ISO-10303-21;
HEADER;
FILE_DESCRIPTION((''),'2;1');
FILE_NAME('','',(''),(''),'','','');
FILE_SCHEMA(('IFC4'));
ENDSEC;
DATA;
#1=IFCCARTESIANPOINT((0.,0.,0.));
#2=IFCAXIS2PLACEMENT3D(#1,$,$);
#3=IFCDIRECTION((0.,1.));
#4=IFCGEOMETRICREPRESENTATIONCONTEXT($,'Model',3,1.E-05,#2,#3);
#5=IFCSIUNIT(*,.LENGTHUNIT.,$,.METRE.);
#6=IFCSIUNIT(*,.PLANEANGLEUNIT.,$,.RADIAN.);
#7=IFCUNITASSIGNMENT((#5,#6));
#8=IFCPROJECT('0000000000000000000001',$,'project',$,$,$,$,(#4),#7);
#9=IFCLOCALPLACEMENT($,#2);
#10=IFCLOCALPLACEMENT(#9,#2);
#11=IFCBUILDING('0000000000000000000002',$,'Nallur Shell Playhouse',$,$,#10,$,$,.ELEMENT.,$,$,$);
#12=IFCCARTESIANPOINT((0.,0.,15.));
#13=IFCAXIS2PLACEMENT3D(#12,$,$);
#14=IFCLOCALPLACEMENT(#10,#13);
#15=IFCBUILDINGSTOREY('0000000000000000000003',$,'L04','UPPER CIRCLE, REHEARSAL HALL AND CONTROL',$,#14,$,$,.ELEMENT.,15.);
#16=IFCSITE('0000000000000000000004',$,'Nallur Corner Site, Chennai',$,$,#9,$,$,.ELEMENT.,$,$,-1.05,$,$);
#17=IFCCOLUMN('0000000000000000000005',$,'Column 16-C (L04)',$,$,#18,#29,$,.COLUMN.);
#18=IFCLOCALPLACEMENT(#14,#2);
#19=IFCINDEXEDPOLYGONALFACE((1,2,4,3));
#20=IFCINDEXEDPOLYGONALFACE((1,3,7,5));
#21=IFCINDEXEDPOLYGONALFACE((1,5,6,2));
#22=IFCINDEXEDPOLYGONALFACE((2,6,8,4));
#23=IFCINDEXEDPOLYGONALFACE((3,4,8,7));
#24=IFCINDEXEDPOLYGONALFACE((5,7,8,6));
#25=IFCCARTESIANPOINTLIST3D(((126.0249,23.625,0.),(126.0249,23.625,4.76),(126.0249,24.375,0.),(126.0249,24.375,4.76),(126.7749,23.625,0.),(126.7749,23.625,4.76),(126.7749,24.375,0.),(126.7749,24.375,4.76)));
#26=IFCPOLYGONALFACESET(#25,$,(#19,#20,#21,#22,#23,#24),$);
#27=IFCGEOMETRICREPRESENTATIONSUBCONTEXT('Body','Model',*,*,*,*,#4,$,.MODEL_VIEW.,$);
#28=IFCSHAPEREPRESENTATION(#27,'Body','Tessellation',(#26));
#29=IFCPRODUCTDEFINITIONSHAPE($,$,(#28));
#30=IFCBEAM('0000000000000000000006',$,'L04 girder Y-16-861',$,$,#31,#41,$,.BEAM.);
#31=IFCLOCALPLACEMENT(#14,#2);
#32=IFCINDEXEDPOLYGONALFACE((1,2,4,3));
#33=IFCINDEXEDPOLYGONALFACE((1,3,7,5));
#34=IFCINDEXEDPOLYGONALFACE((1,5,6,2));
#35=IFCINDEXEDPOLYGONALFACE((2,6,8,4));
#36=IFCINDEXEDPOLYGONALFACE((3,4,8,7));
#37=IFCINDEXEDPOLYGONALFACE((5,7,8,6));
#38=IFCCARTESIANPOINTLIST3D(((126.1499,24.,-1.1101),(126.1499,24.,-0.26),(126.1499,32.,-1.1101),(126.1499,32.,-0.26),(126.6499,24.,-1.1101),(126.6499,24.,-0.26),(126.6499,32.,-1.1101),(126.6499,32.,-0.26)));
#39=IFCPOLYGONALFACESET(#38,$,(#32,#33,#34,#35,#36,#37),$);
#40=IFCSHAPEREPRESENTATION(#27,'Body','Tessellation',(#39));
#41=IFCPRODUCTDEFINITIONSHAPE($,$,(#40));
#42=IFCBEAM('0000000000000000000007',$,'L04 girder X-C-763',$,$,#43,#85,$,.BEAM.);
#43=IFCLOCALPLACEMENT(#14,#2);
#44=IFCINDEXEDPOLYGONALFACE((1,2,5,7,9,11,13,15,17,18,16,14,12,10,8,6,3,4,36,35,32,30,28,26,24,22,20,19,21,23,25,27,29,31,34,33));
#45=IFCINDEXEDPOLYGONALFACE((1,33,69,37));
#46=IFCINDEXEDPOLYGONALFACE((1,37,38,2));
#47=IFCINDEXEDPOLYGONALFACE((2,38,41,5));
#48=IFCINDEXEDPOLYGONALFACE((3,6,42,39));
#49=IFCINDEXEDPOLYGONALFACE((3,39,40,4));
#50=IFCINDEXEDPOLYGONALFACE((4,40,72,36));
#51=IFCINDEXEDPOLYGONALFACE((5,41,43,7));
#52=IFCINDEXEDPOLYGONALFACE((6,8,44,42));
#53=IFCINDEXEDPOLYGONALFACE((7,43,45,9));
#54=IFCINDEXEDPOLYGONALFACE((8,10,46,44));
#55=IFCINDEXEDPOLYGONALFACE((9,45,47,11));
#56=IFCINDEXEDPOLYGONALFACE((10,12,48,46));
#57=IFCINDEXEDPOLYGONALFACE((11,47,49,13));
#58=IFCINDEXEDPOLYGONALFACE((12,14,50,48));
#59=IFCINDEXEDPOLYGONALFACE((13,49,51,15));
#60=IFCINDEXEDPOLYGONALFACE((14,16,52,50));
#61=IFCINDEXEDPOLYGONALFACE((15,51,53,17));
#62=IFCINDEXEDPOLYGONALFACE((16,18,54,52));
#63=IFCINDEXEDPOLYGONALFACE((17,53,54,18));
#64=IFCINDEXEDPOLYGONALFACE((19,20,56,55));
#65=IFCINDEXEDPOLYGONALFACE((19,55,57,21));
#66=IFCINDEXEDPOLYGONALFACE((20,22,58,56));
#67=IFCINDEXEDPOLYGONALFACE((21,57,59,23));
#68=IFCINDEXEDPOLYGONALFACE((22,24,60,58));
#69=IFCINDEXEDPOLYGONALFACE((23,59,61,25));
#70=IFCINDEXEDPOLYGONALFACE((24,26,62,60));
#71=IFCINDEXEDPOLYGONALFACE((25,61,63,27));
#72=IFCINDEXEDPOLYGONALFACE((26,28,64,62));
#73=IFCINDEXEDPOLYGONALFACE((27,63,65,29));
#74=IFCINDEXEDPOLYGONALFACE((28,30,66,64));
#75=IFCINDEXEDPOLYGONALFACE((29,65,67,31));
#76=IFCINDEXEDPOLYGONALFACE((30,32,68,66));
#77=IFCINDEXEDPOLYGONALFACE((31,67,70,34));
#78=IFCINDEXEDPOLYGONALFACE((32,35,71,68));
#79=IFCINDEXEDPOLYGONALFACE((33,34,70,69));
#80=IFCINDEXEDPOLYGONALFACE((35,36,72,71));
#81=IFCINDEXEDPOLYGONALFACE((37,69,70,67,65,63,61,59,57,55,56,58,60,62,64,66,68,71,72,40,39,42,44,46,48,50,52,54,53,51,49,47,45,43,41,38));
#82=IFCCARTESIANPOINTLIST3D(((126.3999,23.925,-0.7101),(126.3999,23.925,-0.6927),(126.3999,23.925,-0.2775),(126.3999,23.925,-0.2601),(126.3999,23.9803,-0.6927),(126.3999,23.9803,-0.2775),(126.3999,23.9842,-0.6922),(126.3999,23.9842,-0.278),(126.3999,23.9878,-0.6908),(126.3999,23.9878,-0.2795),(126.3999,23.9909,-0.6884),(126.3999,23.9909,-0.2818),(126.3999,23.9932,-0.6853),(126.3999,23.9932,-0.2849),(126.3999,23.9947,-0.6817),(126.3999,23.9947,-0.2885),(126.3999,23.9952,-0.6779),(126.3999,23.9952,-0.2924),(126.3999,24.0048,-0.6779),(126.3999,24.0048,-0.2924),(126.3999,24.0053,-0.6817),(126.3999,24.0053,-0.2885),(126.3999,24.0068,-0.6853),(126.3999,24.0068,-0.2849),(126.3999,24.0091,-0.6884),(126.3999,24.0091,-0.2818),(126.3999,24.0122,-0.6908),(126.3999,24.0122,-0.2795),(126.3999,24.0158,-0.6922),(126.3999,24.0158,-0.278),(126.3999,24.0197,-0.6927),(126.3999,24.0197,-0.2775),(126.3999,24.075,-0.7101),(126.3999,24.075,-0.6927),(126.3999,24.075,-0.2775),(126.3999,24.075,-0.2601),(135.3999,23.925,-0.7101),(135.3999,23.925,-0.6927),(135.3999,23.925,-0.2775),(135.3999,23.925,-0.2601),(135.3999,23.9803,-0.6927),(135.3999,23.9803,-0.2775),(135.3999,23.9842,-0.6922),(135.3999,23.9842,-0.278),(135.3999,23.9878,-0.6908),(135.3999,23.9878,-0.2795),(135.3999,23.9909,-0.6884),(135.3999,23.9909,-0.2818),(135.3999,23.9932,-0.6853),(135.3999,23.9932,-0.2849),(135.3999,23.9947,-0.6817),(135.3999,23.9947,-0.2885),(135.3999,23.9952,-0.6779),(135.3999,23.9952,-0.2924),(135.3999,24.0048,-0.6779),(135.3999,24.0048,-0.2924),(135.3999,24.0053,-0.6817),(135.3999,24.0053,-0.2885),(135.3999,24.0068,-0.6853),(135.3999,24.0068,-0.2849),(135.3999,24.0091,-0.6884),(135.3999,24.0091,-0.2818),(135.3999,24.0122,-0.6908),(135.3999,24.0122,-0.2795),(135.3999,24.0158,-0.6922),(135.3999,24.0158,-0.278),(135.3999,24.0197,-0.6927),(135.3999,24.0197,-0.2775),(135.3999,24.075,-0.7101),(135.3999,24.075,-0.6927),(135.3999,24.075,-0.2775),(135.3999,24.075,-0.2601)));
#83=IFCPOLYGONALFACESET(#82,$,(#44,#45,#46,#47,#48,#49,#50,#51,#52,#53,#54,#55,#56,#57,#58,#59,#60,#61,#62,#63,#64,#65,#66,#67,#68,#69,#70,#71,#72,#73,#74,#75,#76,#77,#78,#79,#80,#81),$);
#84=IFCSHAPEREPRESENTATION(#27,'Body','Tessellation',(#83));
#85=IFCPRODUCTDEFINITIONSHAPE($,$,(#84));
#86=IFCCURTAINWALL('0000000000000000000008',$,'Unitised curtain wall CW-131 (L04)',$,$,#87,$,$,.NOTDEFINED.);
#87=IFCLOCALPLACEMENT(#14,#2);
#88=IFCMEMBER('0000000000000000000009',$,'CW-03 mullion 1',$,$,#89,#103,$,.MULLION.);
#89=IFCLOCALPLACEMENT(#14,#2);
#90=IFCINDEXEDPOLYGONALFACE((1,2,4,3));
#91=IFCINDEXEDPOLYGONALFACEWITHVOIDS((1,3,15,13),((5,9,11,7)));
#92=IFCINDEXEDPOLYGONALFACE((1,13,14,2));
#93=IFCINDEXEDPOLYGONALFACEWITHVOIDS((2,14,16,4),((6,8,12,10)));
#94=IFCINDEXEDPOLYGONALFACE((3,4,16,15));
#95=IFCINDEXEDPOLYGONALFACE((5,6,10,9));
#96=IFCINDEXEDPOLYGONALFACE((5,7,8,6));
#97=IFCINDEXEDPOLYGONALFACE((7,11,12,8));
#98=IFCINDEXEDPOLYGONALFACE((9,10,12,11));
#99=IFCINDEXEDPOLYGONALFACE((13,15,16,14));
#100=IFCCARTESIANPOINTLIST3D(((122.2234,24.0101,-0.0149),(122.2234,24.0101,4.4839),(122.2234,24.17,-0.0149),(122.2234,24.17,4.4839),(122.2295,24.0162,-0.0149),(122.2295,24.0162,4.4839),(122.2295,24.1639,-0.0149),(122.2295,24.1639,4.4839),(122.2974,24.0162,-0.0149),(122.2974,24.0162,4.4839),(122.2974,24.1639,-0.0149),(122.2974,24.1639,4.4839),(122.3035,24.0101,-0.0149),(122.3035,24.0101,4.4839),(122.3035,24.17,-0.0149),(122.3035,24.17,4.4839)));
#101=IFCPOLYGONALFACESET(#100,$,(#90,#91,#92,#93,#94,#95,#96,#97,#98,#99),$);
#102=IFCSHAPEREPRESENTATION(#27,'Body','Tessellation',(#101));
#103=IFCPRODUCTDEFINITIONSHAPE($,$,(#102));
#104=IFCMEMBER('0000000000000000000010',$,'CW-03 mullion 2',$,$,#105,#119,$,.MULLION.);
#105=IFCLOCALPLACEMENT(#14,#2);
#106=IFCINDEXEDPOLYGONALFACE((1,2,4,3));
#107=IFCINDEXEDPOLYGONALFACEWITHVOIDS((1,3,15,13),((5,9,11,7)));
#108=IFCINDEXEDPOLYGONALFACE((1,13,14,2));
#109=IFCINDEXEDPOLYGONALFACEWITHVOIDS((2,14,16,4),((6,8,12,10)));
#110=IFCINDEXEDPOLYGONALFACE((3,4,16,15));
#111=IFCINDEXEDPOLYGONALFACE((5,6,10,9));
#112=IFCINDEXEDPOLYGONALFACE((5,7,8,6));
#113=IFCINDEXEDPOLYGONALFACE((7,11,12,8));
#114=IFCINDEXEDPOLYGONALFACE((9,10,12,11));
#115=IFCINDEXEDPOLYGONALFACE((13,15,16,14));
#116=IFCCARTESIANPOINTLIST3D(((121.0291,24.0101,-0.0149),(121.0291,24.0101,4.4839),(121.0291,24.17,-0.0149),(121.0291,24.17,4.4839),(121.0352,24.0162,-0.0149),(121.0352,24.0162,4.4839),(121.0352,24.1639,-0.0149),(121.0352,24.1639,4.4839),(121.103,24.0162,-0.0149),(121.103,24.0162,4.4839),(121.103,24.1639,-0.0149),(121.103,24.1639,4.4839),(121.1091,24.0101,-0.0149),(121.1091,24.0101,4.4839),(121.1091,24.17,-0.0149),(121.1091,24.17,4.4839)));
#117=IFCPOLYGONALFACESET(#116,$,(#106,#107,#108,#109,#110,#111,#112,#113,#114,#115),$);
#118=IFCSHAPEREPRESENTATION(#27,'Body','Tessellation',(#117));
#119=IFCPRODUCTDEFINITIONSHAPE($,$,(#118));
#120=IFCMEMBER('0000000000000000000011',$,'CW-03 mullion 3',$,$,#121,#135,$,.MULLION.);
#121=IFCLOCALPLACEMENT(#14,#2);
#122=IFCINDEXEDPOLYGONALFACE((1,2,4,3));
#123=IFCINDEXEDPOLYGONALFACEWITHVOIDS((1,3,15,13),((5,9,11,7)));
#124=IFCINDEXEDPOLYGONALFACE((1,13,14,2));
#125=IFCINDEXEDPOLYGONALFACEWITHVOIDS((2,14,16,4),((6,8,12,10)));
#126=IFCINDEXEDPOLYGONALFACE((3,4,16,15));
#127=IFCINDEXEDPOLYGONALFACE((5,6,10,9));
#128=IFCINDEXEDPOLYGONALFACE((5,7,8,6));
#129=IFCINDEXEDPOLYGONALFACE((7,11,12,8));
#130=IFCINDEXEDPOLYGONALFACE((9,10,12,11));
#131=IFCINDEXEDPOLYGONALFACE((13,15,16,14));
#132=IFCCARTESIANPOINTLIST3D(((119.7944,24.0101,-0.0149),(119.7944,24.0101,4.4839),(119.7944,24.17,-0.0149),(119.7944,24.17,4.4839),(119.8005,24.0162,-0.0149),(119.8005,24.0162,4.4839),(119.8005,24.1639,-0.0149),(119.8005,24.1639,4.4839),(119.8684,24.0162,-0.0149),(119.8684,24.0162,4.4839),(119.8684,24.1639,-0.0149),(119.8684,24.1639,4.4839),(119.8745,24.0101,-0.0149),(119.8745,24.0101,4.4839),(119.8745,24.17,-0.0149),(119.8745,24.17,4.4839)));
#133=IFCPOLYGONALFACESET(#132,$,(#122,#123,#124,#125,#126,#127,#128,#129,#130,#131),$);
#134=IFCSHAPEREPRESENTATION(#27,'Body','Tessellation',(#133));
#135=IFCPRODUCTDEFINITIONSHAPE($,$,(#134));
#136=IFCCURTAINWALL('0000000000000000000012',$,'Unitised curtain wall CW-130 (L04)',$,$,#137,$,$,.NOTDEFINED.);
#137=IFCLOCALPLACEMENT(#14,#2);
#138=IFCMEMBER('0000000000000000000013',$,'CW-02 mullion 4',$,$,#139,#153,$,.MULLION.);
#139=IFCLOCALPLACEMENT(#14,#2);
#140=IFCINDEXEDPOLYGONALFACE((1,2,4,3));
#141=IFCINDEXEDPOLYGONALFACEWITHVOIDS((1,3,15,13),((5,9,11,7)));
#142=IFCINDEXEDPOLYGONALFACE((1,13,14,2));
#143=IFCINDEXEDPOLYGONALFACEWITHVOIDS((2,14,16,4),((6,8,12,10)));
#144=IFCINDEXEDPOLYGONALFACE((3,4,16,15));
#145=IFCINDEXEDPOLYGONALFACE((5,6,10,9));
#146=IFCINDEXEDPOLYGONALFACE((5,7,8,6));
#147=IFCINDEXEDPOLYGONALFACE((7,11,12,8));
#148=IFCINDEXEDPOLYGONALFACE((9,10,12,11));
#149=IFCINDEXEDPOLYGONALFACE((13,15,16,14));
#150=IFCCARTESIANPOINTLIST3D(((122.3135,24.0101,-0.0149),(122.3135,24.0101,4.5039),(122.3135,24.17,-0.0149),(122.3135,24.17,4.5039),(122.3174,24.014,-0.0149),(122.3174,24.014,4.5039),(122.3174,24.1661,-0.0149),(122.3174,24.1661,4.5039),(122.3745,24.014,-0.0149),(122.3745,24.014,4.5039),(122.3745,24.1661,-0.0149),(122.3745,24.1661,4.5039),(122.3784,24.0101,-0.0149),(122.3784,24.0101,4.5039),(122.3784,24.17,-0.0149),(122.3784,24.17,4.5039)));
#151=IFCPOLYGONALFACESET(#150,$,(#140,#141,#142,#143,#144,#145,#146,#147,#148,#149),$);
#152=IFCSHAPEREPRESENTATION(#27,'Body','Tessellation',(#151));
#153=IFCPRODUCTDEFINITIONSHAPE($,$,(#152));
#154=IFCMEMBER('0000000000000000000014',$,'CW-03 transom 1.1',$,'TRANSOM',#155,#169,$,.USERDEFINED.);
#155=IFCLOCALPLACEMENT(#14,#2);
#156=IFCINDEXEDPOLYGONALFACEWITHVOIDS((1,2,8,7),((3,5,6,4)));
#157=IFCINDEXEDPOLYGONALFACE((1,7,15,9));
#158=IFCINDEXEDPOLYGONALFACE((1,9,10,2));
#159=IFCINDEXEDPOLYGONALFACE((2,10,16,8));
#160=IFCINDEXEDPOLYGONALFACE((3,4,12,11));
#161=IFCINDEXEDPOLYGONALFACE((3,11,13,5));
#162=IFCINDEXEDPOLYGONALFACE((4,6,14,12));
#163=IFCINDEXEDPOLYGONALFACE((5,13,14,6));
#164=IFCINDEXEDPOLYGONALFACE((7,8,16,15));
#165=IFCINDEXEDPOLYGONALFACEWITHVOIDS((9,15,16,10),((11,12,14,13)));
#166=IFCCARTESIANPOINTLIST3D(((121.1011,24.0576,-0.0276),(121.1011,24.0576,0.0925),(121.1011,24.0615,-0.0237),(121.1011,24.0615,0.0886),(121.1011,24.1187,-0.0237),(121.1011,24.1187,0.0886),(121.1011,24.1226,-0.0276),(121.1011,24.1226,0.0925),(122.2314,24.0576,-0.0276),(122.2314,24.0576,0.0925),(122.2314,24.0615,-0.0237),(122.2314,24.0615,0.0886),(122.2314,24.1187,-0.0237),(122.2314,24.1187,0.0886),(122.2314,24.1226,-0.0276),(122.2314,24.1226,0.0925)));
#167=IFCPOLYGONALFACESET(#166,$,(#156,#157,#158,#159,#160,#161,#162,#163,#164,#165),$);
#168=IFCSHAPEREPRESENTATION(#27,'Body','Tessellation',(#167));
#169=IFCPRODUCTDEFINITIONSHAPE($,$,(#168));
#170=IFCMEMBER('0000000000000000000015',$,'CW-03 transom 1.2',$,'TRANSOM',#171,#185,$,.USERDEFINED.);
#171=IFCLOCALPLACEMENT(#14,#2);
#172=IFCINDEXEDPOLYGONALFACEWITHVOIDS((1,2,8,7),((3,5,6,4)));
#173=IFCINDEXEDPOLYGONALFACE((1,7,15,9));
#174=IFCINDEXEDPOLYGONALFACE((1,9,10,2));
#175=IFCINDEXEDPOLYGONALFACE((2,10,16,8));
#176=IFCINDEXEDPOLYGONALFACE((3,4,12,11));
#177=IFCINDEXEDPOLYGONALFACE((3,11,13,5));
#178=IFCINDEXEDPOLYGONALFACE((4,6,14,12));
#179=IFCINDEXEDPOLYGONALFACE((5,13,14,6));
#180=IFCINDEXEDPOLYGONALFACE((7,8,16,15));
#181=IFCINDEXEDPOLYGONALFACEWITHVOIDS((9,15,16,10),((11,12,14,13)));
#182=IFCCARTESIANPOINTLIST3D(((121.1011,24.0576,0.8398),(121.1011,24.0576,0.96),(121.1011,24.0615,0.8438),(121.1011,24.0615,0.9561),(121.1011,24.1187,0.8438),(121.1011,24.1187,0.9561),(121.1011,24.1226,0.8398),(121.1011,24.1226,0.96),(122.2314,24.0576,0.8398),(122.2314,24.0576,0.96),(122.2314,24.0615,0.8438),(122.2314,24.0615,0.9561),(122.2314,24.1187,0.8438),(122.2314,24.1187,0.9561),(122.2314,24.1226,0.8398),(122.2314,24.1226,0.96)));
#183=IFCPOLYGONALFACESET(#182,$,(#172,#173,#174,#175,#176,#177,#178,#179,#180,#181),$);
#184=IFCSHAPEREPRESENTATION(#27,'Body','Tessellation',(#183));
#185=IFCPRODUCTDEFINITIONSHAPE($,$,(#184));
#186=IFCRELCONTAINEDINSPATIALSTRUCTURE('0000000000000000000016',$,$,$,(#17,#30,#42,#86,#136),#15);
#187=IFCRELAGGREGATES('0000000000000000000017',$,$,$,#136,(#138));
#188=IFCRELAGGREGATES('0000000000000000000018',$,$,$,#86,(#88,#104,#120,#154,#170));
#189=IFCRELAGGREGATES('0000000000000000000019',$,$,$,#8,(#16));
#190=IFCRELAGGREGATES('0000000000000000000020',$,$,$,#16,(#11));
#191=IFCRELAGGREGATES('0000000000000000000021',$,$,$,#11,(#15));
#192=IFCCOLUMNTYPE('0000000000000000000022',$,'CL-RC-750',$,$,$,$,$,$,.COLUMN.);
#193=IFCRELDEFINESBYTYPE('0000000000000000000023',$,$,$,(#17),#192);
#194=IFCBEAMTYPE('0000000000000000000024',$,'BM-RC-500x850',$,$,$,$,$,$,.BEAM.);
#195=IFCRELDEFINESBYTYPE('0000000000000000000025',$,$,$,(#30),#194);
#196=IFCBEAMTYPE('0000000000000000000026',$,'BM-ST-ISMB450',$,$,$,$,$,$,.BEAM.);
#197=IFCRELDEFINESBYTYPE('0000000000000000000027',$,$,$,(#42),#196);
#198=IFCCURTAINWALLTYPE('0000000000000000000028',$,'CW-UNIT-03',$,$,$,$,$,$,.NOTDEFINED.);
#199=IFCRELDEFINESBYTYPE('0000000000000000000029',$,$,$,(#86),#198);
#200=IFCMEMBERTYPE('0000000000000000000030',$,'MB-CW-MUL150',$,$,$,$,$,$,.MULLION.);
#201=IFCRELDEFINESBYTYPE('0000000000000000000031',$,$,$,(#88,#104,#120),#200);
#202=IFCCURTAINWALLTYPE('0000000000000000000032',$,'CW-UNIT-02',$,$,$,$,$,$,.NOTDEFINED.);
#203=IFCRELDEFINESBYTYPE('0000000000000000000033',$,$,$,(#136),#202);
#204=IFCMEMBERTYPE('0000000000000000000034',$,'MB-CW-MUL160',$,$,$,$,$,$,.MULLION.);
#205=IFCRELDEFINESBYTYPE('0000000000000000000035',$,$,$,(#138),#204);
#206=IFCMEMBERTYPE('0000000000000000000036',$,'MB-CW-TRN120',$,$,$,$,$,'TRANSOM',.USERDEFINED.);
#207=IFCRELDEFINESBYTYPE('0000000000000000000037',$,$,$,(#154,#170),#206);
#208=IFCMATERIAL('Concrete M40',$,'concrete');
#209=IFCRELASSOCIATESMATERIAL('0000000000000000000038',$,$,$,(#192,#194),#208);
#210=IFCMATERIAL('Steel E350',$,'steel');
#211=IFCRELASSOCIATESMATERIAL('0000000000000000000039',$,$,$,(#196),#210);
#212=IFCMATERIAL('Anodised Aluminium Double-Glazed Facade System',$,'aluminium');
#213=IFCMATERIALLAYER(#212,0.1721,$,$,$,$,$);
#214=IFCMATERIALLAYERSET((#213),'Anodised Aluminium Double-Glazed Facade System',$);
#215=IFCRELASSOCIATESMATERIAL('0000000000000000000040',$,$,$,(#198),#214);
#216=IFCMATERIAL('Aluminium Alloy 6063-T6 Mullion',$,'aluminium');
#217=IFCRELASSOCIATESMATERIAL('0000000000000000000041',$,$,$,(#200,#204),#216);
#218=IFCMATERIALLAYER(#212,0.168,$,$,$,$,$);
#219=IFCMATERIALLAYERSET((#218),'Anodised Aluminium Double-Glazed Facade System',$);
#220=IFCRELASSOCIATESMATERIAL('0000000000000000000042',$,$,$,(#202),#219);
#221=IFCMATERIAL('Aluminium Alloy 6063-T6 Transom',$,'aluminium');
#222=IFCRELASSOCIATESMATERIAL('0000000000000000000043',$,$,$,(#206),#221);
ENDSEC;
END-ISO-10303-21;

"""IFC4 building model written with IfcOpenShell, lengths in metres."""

from ifc_helpers import new_model, si_unit, direction, frame, origin, origin_2d, place, context, subcontext, project, spatial, rectangle, hollow_rectangle, i_section, extrude, material, layer, layer_set, material_profile, profile_set, type_object, element, aggregate, save


model = new_model("IFC4")

# Units and contexts
model_context = context("Model", 3, precision=1e-05, world=origin(), true_north=direction((0.0, 1.0)))
body_context = subcontext(model_context, "Body", "Model", "MODEL_VIEW")
ifc_project = project(units=[si_unit("LENGTHUNIT", "METRE"), si_unit("PLANEANGLEUNIT", "RADIAN")], contexts=[model_context])

# Site, building, storey
site_placement = place(None, origin())
site = spatial("IfcSite", under=ifc_project, at=site_placement, Name="Nallur Corner Site, Chennai", CompositionType="ELEMENT", RefElevation=-1.05)
building_placement = place(site_placement, origin())
building = spatial("IfcBuilding", under=site, at=building_placement, Name="Nallur Shell Playhouse", CompositionType="ELEMENT")
storey_placement = place(building_placement, frame((0.0, 0.0, 15.0)))
storey = spatial("IfcBuildingStorey", under=building, at=storey_placement, Name="L04", Description="UPPER CIRCLE, REHEARSAL HALL AND CONTROL", CompositionType="ELEMENT", Elevation=15.0)

# Column
ifc_material_1 = material(Name="Concrete M40", Category="concrete")
ifc_material_profile_1 = material_profile(ifc_material_1, rectangle(XDim=0.75, YDim=0.75, at=origin_2d()), Name="RC 750x750")
ifc_profile_set_1 = profile_set([ifc_material_profile_1], Name="Concrete M40")
column_type = type_object("IfcColumnType", Name="CL-RC-750", PredefinedType="COLUMN", material=ifc_profile_set_1)
column_placement = place(storey_placement, frame((126.3999, 24.0, 0.0), z_axis=(0.0, 0.0, 1.0), x_axis=(1.0, 0.0, 0.0)))
element("IfcColumn", 1, at=column_placement, inside=storey, type_object=column_type, Name="Column 16-C (L04)", PredefinedType="COLUMN", context=body_context, shape_type="SweptSolid", body=[
    extrude(rectangle(XDim=0.75, YDim=0.75, at=origin_2d()), origin(), (0.0, 0.0, 1.0), 4.76),
])

# Beams
ifc_material_profile_2 = material_profile(ifc_material_1, rectangle(XDim=0.5, YDim=0.8501, at=origin_2d()), Name="RC 500x850")
ifc_profile_set_2 = profile_set([ifc_material_profile_2], Name="Concrete M40")
beam_type_1 = type_object("IfcBeamType", Name="BM-RC-500x850", PredefinedType="BEAM", material=ifc_profile_set_2)
beam_1_placement = place(storey_placement, frame((126.3999, 24.0, -0.6851), z_axis=(0.0, 1.0, 0.0), x_axis=(-1.0, 0.0, 0.0)))
element("IfcBeam", 2, at=beam_1_placement, inside=storey, type_object=beam_type_1, Name="L04 girder Y-16-861", PredefinedType="BEAM", context=body_context, shape_type="SweptSolid", body=[
    extrude(rectangle(XDim=0.5, YDim=0.8501, at=origin_2d()), origin(), (0.0, 0.0, 1.0), 8.0),
])
ifc_material_2 = material(Name="Steel E350", Category="steel")
ifc_material_profile_3 = material_profile(ifc_material_2, i_section(OverallWidth=0.1499, OverallDepth=0.45, WebThickness=0.0095, FlangeThickness=0.0173, FilletRadius=0.0149, at=origin_2d()), Name="ISMB 450")
ifc_profile_set_3 = profile_set([ifc_material_profile_3], Name="Steel E350")
beam_type_2 = type_object("IfcBeamType", Name="BM-ST-ISMB450", PredefinedType="BEAM", material=ifc_profile_set_3)
beam_2_placement = place(storey_placement, frame((126.3999, 24.0, -0.4851), z_axis=(1.0, 0.0, 0.0), x_axis=(0.0, 1.0, 0.0)))
element("IfcBeam", 3, at=beam_2_placement, inside=storey, type_object=beam_type_2, Name="L04 girder X-C-763", PredefinedType="BEAM", context=body_context, shape_type="SweptSolid", body=[
    extrude(i_section(OverallWidth=0.1499, OverallDepth=0.45, WebThickness=0.0095, FlangeThickness=0.0173, FilletRadius=0.0149, at=origin_2d()), origin(), (0.0, 0.0, 1.0), 9.0),
])

# Curtain wall, members
ifc_material_3 = material(Name="Anodised Aluminium Double-Glazed Facade System", Category="aluminium")
ifc_layer_1 = layer(ifc_material_3, 0.1721)
ifc_layer_set_1 = layer_set([ifc_layer_1], Name="Anodised Aluminium Double-Glazed Facade System")
curtain_wall_type_1 = type_object("IfcCurtainWallType", Name="CW-UNIT-03", PredefinedType="NOTDEFINED", material=ifc_layer_set_1)
curtain_wall_1_placement = place(storey_placement, origin())
curtain_wall_1 = element("IfcCurtainWall", 4, at=curtain_wall_1_placement, inside=storey, type_object=curtain_wall_type_1, Name="Unitised curtain wall CW-131 (L04)", PredefinedType="NOTDEFINED")
ifc_material_4 = material(Name="Aluminium Alloy 6063-T6 Mullion", Category="aluminium")
ifc_material_profile_4 = material_profile(ifc_material_4, hollow_rectangle(XDim=0.0801, YDim=0.1599, WallThickness=0.0061, at=origin_2d()), Name="RHS 160x80x6")
ifc_profile_set_4 = profile_set([ifc_material_profile_4], Name="Aluminium Alloy 6063-T6 Mullion")
member_type_1 = type_object("IfcMemberType", Name="MB-CW-MUL150", PredefinedType="MULLION", material=ifc_profile_set_4)
member_1_placement = place(storey_placement, frame((122.2634, 24.0901, -0.0149), z_axis=(0.0, 0.0, 1.0), x_axis=(-1.0, 0.0, 0.0)))
member_1 = element("IfcMember", 5, at=member_1_placement, type_object=member_type_1, Name="CW-03 mullion 1", PredefinedType="MULLION", context=body_context, shape_type="SweptSolid", body=[
    extrude(hollow_rectangle(XDim=0.0801, YDim=0.1599, WallThickness=0.0061, at=origin_2d()), origin(), (0.0, 0.0, 1.0), 4.4988),
])
member_2_placement = place(storey_placement, frame((121.0691, 24.0901, -0.0149), z_axis=(0.0, 0.0, 1.0), x_axis=(-1.0, 0.0, 0.0)))
member_2 = element("IfcMember", 6, at=member_2_placement, type_object=member_type_1, Name="CW-03 mullion 2", PredefinedType="MULLION", context=body_context, shape_type="SweptSolid", body=[
    extrude(hollow_rectangle(XDim=0.0801, YDim=0.1599, WallThickness=0.0061, at=origin_2d()), origin(), (0.0, 0.0, 1.0), 4.4988),
])
member_3_placement = place(storey_placement, frame((119.8345, 24.0901, -0.0149), z_axis=(0.0, 0.0, 1.0), x_axis=(-1.0, 0.0, 0.0)))
member_3 = element("IfcMember", 7, at=member_3_placement, type_object=member_type_1, Name="CW-03 mullion 3", PredefinedType="MULLION", context=body_context, shape_type="SweptSolid", body=[
    extrude(hollow_rectangle(XDim=0.0801, YDim=0.1599, WallThickness=0.0061, at=origin_2d()), origin(), (0.0, 0.0, 1.0), 4.4988),
])

# Curtain wall, member
ifc_layer_2 = layer(ifc_material_3, 0.168)
ifc_layer_set_2 = layer_set([ifc_layer_2], Name="Anodised Aluminium Double-Glazed Facade System")
curtain_wall_type_2 = type_object("IfcCurtainWallType", Name="CW-UNIT-02", PredefinedType="NOTDEFINED", material=ifc_layer_set_2)
curtain_wall_2_placement = place(storey_placement, origin())
curtain_wall_2 = element("IfcCurtainWall", 8, at=curtain_wall_2_placement, inside=storey, type_object=curtain_wall_type_2, Name="Unitised curtain wall CW-130 (L04)", PredefinedType="NOTDEFINED")
ifc_material_profile_5 = material_profile(ifc_material_4, hollow_rectangle(XDim=0.0649, YDim=0.1599, WallThickness=0.0039, at=origin_2d()), Name="ALU 65x160x4")
ifc_profile_set_5 = profile_set([ifc_material_profile_5], Name="Aluminium Alloy 6063-T6 Mullion")
member_type_2 = type_object("IfcMemberType", Name="MB-CW-MUL160", PredefinedType="MULLION", material=ifc_profile_set_5)
member_4_placement = place(storey_placement, frame((122.3459, 24.0901, -0.0149), z_axis=(0.0, 0.0, 1.0), x_axis=(-1.0, 0.0, 0.0)))
member_4 = element("IfcMember", 9, at=member_4_placement, type_object=member_type_2, Name="CW-02 mullion 4", PredefinedType="MULLION", context=body_context, shape_type="SweptSolid", body=[
    extrude(hollow_rectangle(XDim=0.0649, YDim=0.1599, WallThickness=0.0039, at=origin_2d()), origin(), (0.0, 0.0, 1.0), 4.5188),
])

# Members
ifc_material_5 = material(Name="Aluminium Alloy 6063-T6 Transom", Category="aluminium")
ifc_material_profile_6 = material_profile(ifc_material_5, hollow_rectangle(XDim=0.0649, YDim=0.1201, WallThickness=0.0039, at=origin_2d()), Name="ALU 65x120x4")
ifc_profile_set_6 = profile_set([ifc_material_profile_6], Name="Aluminium Alloy 6063-T6 Transom")
member_type_3 = type_object("IfcMemberType", Name="MB-CW-TRN120", ElementType="TRANSOM", PredefinedType="USERDEFINED", material=ifc_profile_set_6)
member_5_placement = place(storey_placement, frame((122.2314, 24.0901, 0.0325), z_axis=(-1.0, 0.0, 0.0), x_axis=(0.0, -1.0, 0.0)))
member_5 = element("IfcMember", 10, at=member_5_placement, type_object=member_type_3, Name="CW-03 transom 1.1", ObjectType="TRANSOM", PredefinedType="USERDEFINED", context=body_context, shape_type="SweptSolid", body=[
    extrude(hollow_rectangle(XDim=0.0649, YDim=0.1201, WallThickness=0.0039, at=origin_2d()), origin(), (0.0, 0.0, 1.0), 1.1304),
])
member_6_placement = place(storey_placement, frame((122.2314, 24.0901, 0.8999), z_axis=(-1.0, 0.0, 0.0), x_axis=(0.0, -1.0, 0.0)))
member_6 = element("IfcMember", 11, at=member_6_placement, type_object=member_type_3, Name="CW-03 transom 1.2", ObjectType="TRANSOM", PredefinedType="USERDEFINED", context=body_context, shape_type="SweptSolid", body=[
    extrude(hollow_rectangle(XDim=0.0649, YDim=0.1201, WallThickness=0.0039, at=origin_2d()), origin(), (0.0, 0.0, 1.0), 1.1304),
])

aggregate(curtain_wall_2, [member_4])
aggregate(curtain_wall_1, [member_1, member_2, member_3, member_5, member_6])

save(model, "model.ifc")
